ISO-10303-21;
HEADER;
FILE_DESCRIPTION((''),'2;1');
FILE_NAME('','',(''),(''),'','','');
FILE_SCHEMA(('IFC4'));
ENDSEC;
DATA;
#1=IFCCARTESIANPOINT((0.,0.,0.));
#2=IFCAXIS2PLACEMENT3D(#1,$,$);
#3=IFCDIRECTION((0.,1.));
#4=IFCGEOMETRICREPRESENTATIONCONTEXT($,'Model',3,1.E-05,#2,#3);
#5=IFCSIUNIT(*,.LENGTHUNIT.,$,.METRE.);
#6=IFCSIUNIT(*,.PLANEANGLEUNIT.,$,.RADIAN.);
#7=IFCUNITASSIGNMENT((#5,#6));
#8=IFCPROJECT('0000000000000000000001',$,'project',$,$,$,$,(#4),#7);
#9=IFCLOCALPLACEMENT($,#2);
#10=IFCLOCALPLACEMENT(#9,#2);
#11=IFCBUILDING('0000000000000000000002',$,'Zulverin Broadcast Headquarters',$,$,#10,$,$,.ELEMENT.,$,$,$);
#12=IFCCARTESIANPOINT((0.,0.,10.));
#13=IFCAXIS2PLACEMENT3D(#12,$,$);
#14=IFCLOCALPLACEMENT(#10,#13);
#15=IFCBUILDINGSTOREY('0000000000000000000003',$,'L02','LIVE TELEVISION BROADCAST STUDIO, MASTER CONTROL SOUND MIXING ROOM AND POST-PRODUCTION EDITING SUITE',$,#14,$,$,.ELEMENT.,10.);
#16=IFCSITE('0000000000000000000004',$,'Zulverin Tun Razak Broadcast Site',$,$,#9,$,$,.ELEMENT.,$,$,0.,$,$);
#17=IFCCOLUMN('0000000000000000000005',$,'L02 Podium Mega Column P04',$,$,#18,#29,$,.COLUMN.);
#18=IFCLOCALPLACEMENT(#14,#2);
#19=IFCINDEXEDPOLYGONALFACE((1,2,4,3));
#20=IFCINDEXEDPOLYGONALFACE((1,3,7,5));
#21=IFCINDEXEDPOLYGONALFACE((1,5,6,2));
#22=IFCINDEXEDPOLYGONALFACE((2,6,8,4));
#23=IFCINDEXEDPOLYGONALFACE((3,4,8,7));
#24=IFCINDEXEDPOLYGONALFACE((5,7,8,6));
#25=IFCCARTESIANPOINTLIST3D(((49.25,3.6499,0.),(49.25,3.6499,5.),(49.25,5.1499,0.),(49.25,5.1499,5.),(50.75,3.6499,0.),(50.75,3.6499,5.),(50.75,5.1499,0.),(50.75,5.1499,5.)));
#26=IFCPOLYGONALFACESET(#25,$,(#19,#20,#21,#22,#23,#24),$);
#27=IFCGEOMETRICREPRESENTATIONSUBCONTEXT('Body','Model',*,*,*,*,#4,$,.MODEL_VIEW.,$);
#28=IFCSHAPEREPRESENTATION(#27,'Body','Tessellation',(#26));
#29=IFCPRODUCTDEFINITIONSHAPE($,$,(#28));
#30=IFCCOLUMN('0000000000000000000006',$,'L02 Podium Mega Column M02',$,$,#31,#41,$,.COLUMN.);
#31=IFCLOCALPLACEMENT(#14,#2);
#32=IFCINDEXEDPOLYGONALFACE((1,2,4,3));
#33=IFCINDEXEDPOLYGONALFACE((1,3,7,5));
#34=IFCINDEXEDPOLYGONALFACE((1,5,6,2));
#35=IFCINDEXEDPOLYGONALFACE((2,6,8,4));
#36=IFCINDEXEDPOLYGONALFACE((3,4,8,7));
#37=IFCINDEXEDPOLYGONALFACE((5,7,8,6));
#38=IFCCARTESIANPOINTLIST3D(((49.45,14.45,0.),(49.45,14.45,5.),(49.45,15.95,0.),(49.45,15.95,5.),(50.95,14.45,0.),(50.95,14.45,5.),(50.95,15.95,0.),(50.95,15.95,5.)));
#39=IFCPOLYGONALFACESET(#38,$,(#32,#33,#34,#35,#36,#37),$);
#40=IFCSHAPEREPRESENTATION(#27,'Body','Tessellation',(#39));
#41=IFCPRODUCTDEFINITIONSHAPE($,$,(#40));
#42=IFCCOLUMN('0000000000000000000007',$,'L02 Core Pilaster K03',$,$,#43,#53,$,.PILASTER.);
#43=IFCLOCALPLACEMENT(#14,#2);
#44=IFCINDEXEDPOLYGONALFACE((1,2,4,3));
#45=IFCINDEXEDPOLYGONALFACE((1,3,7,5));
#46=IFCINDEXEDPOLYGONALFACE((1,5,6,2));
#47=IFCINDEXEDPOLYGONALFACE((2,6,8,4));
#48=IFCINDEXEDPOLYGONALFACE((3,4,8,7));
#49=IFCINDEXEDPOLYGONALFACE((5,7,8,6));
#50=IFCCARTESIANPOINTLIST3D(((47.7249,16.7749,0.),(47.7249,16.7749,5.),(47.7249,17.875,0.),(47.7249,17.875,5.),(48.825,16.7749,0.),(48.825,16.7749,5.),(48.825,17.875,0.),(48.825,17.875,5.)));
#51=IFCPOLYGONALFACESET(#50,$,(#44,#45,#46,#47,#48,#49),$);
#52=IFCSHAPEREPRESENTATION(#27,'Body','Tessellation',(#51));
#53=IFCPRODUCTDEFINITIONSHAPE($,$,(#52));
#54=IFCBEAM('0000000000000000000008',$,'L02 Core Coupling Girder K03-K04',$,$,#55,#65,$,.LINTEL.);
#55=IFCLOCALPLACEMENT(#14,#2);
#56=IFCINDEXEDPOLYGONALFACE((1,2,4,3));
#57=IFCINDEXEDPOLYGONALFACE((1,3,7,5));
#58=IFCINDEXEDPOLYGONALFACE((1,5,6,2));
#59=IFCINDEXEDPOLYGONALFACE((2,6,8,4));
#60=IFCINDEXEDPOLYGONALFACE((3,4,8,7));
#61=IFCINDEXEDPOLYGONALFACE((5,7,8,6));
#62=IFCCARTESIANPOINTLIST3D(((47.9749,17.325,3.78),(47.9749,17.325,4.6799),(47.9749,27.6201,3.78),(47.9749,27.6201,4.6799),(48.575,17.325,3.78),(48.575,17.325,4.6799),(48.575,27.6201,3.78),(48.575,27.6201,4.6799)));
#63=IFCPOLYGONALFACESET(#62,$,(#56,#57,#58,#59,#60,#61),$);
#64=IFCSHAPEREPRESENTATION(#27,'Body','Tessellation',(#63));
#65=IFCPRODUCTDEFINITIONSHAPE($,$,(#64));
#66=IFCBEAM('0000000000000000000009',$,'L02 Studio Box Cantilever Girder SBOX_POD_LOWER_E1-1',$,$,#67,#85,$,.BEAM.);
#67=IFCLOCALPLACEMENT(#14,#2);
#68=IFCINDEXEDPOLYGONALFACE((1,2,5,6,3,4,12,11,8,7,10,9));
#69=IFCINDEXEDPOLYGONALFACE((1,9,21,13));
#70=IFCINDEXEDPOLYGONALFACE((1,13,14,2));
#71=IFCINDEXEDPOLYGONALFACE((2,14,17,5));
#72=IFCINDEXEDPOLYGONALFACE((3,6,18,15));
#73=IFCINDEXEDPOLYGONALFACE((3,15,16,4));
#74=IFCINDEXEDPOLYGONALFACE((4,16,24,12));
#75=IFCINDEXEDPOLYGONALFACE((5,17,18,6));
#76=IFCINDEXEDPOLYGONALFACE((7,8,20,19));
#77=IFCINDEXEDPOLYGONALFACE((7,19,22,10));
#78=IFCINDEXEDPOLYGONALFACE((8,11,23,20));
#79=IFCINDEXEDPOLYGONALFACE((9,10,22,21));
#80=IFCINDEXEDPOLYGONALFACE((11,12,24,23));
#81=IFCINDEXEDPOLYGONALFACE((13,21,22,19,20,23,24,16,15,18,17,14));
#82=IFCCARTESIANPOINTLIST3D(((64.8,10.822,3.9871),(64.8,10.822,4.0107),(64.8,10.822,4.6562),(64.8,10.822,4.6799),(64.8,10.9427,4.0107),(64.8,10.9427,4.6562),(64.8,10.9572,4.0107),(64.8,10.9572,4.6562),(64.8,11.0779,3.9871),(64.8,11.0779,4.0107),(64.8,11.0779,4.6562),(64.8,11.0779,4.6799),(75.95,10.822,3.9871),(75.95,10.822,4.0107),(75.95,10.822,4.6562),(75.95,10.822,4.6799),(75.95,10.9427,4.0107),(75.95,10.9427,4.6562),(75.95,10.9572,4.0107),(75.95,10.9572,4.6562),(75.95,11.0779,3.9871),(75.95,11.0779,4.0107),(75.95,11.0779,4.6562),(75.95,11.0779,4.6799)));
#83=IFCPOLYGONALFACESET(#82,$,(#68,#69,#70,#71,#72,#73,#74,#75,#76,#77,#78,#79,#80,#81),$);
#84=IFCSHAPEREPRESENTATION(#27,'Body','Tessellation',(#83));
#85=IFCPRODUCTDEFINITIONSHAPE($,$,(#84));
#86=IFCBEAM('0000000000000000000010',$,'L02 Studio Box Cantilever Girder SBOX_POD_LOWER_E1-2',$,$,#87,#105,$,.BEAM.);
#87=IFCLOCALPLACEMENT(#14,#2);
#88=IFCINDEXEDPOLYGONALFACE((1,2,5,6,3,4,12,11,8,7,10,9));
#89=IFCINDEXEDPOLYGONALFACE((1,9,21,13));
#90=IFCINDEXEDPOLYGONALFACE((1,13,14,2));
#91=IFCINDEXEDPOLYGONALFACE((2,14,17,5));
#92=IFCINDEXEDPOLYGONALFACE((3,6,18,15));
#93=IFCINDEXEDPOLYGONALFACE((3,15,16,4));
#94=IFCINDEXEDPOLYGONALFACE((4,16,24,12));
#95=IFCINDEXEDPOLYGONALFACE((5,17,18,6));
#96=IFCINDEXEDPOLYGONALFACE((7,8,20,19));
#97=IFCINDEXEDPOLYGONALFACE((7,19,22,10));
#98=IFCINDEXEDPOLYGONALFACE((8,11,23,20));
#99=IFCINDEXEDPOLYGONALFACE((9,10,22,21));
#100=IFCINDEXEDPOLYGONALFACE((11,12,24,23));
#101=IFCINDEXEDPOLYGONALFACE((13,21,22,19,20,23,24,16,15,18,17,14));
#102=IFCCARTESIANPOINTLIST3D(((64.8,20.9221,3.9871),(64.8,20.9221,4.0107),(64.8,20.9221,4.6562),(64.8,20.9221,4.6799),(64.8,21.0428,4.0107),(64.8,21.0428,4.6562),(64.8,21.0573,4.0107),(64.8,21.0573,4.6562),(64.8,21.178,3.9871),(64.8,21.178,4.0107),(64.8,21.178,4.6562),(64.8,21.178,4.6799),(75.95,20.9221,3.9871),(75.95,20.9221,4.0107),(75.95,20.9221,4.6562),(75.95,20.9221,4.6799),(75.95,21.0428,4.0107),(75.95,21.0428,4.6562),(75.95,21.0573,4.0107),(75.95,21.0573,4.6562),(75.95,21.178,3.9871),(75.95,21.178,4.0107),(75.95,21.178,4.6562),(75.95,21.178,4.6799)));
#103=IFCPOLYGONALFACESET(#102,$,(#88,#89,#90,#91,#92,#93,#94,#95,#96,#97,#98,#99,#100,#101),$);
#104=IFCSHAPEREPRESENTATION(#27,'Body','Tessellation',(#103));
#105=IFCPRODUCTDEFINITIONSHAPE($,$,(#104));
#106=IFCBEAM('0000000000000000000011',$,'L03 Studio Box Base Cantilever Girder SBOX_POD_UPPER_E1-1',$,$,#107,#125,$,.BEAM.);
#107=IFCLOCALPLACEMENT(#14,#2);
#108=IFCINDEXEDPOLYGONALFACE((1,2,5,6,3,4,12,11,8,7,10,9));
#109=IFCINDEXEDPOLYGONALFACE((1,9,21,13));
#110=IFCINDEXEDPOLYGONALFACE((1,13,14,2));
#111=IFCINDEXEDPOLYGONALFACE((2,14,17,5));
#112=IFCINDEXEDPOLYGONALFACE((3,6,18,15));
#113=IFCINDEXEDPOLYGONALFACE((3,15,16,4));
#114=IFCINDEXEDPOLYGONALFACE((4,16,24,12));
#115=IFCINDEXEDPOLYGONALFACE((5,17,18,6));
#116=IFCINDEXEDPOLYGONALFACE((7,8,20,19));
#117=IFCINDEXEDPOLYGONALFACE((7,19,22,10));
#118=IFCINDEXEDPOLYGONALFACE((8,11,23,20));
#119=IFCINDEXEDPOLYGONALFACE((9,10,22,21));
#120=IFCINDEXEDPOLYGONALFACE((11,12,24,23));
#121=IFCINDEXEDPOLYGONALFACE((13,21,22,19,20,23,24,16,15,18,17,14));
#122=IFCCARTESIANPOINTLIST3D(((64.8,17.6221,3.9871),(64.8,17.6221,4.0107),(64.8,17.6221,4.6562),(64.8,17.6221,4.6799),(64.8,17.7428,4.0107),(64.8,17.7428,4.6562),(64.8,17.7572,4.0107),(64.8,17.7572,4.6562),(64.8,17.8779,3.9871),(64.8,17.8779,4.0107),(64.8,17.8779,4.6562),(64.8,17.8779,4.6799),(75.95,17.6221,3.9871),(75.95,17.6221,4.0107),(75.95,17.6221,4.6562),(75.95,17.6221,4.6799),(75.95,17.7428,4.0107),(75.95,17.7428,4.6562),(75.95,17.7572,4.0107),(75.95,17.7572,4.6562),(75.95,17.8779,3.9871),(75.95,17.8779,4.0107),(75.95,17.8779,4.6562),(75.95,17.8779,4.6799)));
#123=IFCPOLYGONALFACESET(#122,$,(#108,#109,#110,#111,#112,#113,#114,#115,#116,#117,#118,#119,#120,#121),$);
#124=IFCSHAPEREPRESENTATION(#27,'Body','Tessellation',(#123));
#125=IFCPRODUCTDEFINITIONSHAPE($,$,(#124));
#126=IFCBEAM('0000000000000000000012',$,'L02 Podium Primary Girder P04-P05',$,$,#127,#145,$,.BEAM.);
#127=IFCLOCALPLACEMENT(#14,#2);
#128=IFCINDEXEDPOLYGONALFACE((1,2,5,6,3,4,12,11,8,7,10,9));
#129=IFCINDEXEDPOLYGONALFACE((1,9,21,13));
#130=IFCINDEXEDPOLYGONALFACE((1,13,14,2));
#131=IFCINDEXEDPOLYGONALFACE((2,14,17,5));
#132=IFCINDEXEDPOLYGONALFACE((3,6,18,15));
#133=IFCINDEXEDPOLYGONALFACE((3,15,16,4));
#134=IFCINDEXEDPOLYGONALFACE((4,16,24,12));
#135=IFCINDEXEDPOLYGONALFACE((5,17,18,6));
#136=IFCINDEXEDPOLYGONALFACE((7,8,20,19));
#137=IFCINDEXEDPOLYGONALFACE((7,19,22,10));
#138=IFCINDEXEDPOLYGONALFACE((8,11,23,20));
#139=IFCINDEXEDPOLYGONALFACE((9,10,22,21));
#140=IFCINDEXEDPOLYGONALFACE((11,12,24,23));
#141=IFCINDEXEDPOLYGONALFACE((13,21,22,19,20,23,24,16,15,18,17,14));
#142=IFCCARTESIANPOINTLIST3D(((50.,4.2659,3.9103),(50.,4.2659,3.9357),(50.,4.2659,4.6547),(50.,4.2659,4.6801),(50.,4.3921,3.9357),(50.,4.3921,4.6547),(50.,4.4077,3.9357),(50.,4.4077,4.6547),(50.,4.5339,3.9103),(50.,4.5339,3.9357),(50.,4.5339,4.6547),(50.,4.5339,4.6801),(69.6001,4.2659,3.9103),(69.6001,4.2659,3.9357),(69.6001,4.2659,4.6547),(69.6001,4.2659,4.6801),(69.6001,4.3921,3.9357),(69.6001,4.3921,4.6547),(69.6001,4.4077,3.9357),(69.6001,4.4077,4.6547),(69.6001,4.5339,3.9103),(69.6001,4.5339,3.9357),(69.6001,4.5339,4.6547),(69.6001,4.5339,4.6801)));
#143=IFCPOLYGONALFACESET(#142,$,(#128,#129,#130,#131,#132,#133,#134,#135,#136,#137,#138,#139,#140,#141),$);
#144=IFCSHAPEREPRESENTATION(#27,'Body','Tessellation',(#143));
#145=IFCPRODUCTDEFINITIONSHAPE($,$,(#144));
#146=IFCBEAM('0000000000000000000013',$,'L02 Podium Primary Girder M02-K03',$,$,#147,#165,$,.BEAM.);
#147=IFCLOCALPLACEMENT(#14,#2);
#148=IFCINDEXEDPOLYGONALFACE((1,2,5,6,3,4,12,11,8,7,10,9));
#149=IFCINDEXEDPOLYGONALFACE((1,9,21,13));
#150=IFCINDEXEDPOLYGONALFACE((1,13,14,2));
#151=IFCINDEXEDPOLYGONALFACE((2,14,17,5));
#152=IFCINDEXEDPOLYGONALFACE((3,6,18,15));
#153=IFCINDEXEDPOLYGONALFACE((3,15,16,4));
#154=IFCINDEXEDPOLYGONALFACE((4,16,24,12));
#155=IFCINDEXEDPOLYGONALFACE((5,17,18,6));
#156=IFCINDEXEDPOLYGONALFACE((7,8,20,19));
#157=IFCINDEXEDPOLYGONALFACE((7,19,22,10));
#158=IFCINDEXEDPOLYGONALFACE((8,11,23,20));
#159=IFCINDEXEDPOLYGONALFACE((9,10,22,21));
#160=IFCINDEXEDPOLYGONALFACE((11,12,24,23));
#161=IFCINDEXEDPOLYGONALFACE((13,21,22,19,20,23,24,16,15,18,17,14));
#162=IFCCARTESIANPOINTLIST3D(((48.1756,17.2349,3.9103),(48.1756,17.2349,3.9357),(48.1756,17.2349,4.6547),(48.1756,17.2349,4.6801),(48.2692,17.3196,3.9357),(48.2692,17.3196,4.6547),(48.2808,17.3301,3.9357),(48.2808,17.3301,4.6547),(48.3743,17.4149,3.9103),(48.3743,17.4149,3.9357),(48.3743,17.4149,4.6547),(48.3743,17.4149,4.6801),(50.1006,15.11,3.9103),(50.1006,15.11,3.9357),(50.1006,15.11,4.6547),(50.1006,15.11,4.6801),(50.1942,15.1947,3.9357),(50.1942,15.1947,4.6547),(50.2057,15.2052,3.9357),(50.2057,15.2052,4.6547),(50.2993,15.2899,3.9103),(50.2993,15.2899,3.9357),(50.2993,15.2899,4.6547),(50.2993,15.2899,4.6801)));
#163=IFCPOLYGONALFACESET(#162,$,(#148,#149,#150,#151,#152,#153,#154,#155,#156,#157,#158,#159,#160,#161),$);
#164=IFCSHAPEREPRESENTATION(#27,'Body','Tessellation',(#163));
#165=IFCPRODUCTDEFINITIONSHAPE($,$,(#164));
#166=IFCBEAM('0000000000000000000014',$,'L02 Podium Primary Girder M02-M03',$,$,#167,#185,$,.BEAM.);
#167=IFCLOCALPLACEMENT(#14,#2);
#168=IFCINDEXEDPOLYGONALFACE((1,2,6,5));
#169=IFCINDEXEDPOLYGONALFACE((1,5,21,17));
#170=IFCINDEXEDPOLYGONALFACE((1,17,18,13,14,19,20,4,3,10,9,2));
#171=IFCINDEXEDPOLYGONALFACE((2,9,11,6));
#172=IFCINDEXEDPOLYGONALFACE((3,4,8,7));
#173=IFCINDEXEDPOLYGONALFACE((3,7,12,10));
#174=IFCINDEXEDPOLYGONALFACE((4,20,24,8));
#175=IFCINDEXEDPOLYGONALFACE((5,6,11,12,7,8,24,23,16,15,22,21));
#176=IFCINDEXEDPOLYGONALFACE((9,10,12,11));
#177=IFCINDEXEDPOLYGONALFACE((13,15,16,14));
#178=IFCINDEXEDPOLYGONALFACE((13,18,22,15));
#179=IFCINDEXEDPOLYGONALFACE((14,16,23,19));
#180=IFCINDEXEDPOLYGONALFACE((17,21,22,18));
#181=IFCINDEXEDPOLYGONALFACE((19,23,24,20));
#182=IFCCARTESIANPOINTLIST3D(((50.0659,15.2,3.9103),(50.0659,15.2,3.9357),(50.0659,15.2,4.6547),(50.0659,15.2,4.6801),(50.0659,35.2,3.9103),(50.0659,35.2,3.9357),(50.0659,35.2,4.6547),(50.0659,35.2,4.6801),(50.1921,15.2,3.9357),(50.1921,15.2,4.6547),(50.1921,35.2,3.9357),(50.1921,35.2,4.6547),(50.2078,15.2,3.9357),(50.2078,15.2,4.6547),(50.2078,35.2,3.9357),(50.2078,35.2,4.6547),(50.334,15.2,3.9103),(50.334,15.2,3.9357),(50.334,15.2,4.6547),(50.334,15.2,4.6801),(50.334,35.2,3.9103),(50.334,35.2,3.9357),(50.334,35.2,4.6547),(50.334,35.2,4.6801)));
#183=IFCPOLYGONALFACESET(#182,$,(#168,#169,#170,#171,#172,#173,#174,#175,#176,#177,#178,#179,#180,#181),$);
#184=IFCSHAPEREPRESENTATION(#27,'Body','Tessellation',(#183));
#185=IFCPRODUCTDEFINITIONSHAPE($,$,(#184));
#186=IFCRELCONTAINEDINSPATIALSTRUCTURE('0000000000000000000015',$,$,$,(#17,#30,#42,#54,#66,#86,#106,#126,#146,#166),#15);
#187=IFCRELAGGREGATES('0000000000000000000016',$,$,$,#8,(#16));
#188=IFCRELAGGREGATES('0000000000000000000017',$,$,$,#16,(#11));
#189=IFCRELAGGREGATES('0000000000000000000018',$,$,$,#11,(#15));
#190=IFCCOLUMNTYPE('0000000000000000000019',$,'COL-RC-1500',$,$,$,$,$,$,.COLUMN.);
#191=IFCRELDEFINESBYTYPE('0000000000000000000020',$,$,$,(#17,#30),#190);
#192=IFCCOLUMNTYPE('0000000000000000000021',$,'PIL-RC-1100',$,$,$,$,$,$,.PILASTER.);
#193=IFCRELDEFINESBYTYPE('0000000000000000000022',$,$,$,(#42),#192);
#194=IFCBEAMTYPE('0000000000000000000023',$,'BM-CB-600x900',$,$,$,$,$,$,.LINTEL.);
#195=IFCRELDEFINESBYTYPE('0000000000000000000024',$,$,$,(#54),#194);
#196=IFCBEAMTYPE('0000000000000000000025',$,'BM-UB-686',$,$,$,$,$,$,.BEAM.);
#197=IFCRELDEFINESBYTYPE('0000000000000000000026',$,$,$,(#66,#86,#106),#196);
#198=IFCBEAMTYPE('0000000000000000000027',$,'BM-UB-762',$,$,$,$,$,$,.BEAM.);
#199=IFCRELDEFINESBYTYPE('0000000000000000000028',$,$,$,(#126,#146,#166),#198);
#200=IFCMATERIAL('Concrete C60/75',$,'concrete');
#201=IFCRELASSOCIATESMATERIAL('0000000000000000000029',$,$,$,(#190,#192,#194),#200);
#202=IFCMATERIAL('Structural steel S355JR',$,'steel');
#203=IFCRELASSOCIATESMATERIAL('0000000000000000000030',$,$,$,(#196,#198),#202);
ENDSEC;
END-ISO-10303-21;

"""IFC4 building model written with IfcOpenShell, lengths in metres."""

from ifc_helpers import new_model, si_unit, direction, frame, origin, origin_2d, place, context, subcontext, project, spatial, rectangle, i_section, extrude, material, material_profile, profile_set, type_object, element, save


model = new_model("IFC4")

# Units and contexts
model_context = context("Model", 3, precision=1e-05, world=origin(), true_north=direction((0.0, 1.0)))
body_context = subcontext(model_context, "Body", "Model", "MODEL_VIEW")
ifc_project = project(units=[si_unit("LENGTHUNIT", "METRE"), si_unit("PLANEANGLEUNIT", "RADIAN")], contexts=[model_context])

# Site, building, storey
site_placement = place(None, origin())
site = spatial("IfcSite", under=ifc_project, at=site_placement, Name="Zulverin Tun Razak Broadcast Site", CompositionType="ELEMENT", RefElevation=0.0)
building_placement = place(site_placement, origin())
building = spatial("IfcBuilding", under=site, at=building_placement, Name="Zulverin Broadcast Headquarters", CompositionType="ELEMENT")
storey_placement = place(building_placement, frame((0.0, 0.0, 10.0)))
storey = spatial("IfcBuildingStorey", under=building, at=storey_placement, Name="L02", Description="LIVE TELEVISION BROADCAST STUDIO, MASTER CONTROL SOUND MIXING ROOM AND POST-PRODUCTION EDITING SUITE", CompositionType="ELEMENT", Elevation=10.0)

# Columns
ifc_material_1 = material(Name="Concrete C60/75", Category="concrete")
ifc_material_profile_1 = material_profile(ifc_material_1, rectangle(XDim=1.5, YDim=1.5, at=origin_2d()), Name="Concrete C60/75", Category="concrete")
ifc_profile_set_1 = profile_set([ifc_material_profile_1], Name="Concrete C60/75")
column_type_1 = type_object("IfcColumnType", Name="COL-RC-1500", PredefinedType="COLUMN", material=ifc_profile_set_1)
for number, where, z_axis, x_axis, name in (
    (1, (50.0, 4.3999, 0.0), (0.0, 0.0, 1.0), (1.0, 0.0, 0.0), "L02 Podium Mega Column P04"),
    (2, (50.2, 15.2, 0.0), (0.0, 0.0, 1.0), (1.0, 0.0, 0.0), "L02 Podium Mega Column M02"),
):
    element("IfcColumn", number, at=place(storey_placement, frame(where, z_axis=z_axis, x_axis=x_axis)), inside=storey, type_object=column_type_1, Name=name, PredefinedType="COLUMN", context=body_context, shape_type="SweptSolid", body=[
        extrude(rectangle(XDim=1.5, YDim=1.5, at=origin_2d()), origin(), (0.0, 0.0, 1.0), 5.0),
    ])
ifc_material_profile_2 = material_profile(ifc_material_1, rectangle(XDim=1.1001, YDim=1.1001, at=origin_2d()), Name="Concrete C60/75", Category="concrete")
ifc_profile_set_2 = profile_set([ifc_material_profile_2], Name="Concrete C60/75")
column_type_2 = type_object("IfcColumnType", Name="PIL-RC-1100", PredefinedType="PILASTER", material=ifc_profile_set_2)
column_placement = place(storey_placement, frame((48.2749, 17.325, 0.0), z_axis=(0.0, 0.0, 1.0), x_axis=(1.0, 0.0, 0.0)))
element("IfcColumn", 3, at=column_placement, inside=storey, type_object=column_type_2, Name="L02 Core Pilaster K03", PredefinedType="PILASTER", context=body_context, shape_type="SweptSolid", body=[
    extrude(rectangle(XDim=1.1001, YDim=1.1001, at=origin_2d()), origin(), (0.0, 0.0, 1.0), 5.0),
])

# Beams
ifc_material_profile_3 = material_profile(ifc_material_1, rectangle(XDim=0.6001, YDim=0.8999, at=origin_2d()), Name="Concrete C60/75", Category="concrete")
ifc_profile_set_3 = profile_set([ifc_material_profile_3], Name="Concrete C60/75")
beam_type_1 = type_object("IfcBeamType", Name="BM-CB-600x900", PredefinedType="LINTEL", material=ifc_profile_set_3)
beam_1_placement = place(storey_placement, frame((48.2749, 17.325, 4.23), z_axis=(0.0, 1.0, 0.0), x_axis=(-1.0, 0.0, 0.0)))
element("IfcBeam", 4, at=beam_1_placement, inside=storey, type_object=beam_type_1, Name="L02 Core Coupling Girder K03-K04", PredefinedType="LINTEL", context=body_context, shape_type="SweptSolid", body=[
    extrude(rectangle(XDim=0.6001, YDim=0.8999, at=origin_2d()), origin(), (0.0, 0.0, 1.0), 10.2952),
])
ifc_material_2 = material(Name="Structural steel S355JR", Category="steel")
ifc_material_profile_4 = material_profile(ifc_material_2, i_section(OverallWidth=0.2559, OverallDepth=0.6929, WebThickness=0.0144, FlangeThickness=0.0237, at=origin_2d()), Name="Structural steel S355JR", Category="steel")
ifc_profile_set_4 = profile_set([ifc_material_profile_4], Name="Structural steel S355JR")
beam_type_2 = type_object("IfcBeamType", Name="BM-UB-686", PredefinedType="BEAM", material=ifc_profile_set_4)
for number, where, z_axis, x_axis, name in (
    (5, (64.8, 10.95, 4.3335), (1.0, 0.0, 0.0), (0.0, 1.0, 0.0), "L02 Studio Box Cantilever Girder SBOX_POD_LOWER_E1-1"),
    (6, (64.8, 21.05, 4.3335), (1.0, 0.0, 0.0), (0.0, 1.0, 0.0), "L02 Studio Box Cantilever Girder SBOX_POD_LOWER_E1-2"),
    (7, (64.8, 17.75, 4.3335), (1.0, 0.0, 0.0), (0.0, 1.0, 0.0), "L03 Studio Box Base Cantilever Girder SBOX_POD_UPPER_E1-1"),
):
    element("IfcBeam", number, at=place(storey_placement, frame(where, z_axis=z_axis, x_axis=x_axis)), inside=storey, type_object=beam_type_2, Name=name, PredefinedType="BEAM", context=body_context, shape_type="SweptSolid", body=[
        extrude(i_section(OverallWidth=0.2559, OverallDepth=0.6929, WebThickness=0.0144, FlangeThickness=0.0237, at=origin_2d()), origin(), (0.0, 0.0, 1.0), 11.1499),
    ])
ifc_material_profile_5 = material_profile(ifc_material_2, i_section(OverallWidth=0.2681, OverallDepth=0.7698, WebThickness=0.0156, FlangeThickness=0.0254, at=origin_2d()), Name="Structural steel S355JR", Category="steel")
ifc_profile_set_5 = profile_set([ifc_material_profile_5], Name="Structural steel S355JR")
beam_type_3 = type_object("IfcBeamType", Name="BM-UB-762", PredefinedType="BEAM", material=ifc_profile_set_5)
beam_2_placement = place(storey_placement, frame((50.0, 4.3999, 4.2952), z_axis=(1.0, 0.0, 0.0), x_axis=(0.0, 1.0, 0.0)))
element("IfcBeam", 8, at=beam_2_placement, inside=storey, type_object=beam_type_3, Name="L02 Podium Primary Girder P04-P05", PredefinedType="BEAM", context=body_context, shape_type="SweptSolid", body=[
    extrude(i_section(OverallWidth=0.2681, OverallDepth=0.7698, WebThickness=0.0156, FlangeThickness=0.0254, at=origin_2d()), origin(), (0.0, 0.0, 1.0), 19.6001),
])
beam_3_placement = place(storey_placement, frame((50.2, 15.2, 4.2952), z_axis=(-0.671379, 0.741114, 0.0), x_axis=(-0.741114, -0.671379, 0.0)))
element("IfcBeam", 9, at=beam_3_placement, inside=storey, type_object=beam_type_3, Name="L02 Podium Primary Girder M02-K03", PredefinedType="BEAM", context=body_context, shape_type="SweptSolid", body=[
    extrude(i_section(OverallWidth=0.2681, OverallDepth=0.7698, WebThickness=0.0156, FlangeThickness=0.0254, at=origin_2d()), origin(), (0.0, 0.0, 1.0), 2.8672),
])
beam_4_placement = place(storey_placement, frame((50.2, 15.2, 4.2952), z_axis=(0.0, 1.0, 0.0), x_axis=(-1.0, 0.0, 0.0)))
element("IfcBeam", 10, at=beam_4_placement, inside=storey, type_object=beam_type_3, Name="L02 Podium Primary Girder M02-M03", PredefinedType="BEAM", context=body_context, shape_type="SweptSolid", body=[
    extrude(i_section(OverallWidth=0.2681, OverallDepth=0.7698, WebThickness=0.0156, FlangeThickness=0.0254, at=origin_2d()), origin(), (0.0, 0.0, 1.0), 20.0),
])

save(model, "model.ifc")
